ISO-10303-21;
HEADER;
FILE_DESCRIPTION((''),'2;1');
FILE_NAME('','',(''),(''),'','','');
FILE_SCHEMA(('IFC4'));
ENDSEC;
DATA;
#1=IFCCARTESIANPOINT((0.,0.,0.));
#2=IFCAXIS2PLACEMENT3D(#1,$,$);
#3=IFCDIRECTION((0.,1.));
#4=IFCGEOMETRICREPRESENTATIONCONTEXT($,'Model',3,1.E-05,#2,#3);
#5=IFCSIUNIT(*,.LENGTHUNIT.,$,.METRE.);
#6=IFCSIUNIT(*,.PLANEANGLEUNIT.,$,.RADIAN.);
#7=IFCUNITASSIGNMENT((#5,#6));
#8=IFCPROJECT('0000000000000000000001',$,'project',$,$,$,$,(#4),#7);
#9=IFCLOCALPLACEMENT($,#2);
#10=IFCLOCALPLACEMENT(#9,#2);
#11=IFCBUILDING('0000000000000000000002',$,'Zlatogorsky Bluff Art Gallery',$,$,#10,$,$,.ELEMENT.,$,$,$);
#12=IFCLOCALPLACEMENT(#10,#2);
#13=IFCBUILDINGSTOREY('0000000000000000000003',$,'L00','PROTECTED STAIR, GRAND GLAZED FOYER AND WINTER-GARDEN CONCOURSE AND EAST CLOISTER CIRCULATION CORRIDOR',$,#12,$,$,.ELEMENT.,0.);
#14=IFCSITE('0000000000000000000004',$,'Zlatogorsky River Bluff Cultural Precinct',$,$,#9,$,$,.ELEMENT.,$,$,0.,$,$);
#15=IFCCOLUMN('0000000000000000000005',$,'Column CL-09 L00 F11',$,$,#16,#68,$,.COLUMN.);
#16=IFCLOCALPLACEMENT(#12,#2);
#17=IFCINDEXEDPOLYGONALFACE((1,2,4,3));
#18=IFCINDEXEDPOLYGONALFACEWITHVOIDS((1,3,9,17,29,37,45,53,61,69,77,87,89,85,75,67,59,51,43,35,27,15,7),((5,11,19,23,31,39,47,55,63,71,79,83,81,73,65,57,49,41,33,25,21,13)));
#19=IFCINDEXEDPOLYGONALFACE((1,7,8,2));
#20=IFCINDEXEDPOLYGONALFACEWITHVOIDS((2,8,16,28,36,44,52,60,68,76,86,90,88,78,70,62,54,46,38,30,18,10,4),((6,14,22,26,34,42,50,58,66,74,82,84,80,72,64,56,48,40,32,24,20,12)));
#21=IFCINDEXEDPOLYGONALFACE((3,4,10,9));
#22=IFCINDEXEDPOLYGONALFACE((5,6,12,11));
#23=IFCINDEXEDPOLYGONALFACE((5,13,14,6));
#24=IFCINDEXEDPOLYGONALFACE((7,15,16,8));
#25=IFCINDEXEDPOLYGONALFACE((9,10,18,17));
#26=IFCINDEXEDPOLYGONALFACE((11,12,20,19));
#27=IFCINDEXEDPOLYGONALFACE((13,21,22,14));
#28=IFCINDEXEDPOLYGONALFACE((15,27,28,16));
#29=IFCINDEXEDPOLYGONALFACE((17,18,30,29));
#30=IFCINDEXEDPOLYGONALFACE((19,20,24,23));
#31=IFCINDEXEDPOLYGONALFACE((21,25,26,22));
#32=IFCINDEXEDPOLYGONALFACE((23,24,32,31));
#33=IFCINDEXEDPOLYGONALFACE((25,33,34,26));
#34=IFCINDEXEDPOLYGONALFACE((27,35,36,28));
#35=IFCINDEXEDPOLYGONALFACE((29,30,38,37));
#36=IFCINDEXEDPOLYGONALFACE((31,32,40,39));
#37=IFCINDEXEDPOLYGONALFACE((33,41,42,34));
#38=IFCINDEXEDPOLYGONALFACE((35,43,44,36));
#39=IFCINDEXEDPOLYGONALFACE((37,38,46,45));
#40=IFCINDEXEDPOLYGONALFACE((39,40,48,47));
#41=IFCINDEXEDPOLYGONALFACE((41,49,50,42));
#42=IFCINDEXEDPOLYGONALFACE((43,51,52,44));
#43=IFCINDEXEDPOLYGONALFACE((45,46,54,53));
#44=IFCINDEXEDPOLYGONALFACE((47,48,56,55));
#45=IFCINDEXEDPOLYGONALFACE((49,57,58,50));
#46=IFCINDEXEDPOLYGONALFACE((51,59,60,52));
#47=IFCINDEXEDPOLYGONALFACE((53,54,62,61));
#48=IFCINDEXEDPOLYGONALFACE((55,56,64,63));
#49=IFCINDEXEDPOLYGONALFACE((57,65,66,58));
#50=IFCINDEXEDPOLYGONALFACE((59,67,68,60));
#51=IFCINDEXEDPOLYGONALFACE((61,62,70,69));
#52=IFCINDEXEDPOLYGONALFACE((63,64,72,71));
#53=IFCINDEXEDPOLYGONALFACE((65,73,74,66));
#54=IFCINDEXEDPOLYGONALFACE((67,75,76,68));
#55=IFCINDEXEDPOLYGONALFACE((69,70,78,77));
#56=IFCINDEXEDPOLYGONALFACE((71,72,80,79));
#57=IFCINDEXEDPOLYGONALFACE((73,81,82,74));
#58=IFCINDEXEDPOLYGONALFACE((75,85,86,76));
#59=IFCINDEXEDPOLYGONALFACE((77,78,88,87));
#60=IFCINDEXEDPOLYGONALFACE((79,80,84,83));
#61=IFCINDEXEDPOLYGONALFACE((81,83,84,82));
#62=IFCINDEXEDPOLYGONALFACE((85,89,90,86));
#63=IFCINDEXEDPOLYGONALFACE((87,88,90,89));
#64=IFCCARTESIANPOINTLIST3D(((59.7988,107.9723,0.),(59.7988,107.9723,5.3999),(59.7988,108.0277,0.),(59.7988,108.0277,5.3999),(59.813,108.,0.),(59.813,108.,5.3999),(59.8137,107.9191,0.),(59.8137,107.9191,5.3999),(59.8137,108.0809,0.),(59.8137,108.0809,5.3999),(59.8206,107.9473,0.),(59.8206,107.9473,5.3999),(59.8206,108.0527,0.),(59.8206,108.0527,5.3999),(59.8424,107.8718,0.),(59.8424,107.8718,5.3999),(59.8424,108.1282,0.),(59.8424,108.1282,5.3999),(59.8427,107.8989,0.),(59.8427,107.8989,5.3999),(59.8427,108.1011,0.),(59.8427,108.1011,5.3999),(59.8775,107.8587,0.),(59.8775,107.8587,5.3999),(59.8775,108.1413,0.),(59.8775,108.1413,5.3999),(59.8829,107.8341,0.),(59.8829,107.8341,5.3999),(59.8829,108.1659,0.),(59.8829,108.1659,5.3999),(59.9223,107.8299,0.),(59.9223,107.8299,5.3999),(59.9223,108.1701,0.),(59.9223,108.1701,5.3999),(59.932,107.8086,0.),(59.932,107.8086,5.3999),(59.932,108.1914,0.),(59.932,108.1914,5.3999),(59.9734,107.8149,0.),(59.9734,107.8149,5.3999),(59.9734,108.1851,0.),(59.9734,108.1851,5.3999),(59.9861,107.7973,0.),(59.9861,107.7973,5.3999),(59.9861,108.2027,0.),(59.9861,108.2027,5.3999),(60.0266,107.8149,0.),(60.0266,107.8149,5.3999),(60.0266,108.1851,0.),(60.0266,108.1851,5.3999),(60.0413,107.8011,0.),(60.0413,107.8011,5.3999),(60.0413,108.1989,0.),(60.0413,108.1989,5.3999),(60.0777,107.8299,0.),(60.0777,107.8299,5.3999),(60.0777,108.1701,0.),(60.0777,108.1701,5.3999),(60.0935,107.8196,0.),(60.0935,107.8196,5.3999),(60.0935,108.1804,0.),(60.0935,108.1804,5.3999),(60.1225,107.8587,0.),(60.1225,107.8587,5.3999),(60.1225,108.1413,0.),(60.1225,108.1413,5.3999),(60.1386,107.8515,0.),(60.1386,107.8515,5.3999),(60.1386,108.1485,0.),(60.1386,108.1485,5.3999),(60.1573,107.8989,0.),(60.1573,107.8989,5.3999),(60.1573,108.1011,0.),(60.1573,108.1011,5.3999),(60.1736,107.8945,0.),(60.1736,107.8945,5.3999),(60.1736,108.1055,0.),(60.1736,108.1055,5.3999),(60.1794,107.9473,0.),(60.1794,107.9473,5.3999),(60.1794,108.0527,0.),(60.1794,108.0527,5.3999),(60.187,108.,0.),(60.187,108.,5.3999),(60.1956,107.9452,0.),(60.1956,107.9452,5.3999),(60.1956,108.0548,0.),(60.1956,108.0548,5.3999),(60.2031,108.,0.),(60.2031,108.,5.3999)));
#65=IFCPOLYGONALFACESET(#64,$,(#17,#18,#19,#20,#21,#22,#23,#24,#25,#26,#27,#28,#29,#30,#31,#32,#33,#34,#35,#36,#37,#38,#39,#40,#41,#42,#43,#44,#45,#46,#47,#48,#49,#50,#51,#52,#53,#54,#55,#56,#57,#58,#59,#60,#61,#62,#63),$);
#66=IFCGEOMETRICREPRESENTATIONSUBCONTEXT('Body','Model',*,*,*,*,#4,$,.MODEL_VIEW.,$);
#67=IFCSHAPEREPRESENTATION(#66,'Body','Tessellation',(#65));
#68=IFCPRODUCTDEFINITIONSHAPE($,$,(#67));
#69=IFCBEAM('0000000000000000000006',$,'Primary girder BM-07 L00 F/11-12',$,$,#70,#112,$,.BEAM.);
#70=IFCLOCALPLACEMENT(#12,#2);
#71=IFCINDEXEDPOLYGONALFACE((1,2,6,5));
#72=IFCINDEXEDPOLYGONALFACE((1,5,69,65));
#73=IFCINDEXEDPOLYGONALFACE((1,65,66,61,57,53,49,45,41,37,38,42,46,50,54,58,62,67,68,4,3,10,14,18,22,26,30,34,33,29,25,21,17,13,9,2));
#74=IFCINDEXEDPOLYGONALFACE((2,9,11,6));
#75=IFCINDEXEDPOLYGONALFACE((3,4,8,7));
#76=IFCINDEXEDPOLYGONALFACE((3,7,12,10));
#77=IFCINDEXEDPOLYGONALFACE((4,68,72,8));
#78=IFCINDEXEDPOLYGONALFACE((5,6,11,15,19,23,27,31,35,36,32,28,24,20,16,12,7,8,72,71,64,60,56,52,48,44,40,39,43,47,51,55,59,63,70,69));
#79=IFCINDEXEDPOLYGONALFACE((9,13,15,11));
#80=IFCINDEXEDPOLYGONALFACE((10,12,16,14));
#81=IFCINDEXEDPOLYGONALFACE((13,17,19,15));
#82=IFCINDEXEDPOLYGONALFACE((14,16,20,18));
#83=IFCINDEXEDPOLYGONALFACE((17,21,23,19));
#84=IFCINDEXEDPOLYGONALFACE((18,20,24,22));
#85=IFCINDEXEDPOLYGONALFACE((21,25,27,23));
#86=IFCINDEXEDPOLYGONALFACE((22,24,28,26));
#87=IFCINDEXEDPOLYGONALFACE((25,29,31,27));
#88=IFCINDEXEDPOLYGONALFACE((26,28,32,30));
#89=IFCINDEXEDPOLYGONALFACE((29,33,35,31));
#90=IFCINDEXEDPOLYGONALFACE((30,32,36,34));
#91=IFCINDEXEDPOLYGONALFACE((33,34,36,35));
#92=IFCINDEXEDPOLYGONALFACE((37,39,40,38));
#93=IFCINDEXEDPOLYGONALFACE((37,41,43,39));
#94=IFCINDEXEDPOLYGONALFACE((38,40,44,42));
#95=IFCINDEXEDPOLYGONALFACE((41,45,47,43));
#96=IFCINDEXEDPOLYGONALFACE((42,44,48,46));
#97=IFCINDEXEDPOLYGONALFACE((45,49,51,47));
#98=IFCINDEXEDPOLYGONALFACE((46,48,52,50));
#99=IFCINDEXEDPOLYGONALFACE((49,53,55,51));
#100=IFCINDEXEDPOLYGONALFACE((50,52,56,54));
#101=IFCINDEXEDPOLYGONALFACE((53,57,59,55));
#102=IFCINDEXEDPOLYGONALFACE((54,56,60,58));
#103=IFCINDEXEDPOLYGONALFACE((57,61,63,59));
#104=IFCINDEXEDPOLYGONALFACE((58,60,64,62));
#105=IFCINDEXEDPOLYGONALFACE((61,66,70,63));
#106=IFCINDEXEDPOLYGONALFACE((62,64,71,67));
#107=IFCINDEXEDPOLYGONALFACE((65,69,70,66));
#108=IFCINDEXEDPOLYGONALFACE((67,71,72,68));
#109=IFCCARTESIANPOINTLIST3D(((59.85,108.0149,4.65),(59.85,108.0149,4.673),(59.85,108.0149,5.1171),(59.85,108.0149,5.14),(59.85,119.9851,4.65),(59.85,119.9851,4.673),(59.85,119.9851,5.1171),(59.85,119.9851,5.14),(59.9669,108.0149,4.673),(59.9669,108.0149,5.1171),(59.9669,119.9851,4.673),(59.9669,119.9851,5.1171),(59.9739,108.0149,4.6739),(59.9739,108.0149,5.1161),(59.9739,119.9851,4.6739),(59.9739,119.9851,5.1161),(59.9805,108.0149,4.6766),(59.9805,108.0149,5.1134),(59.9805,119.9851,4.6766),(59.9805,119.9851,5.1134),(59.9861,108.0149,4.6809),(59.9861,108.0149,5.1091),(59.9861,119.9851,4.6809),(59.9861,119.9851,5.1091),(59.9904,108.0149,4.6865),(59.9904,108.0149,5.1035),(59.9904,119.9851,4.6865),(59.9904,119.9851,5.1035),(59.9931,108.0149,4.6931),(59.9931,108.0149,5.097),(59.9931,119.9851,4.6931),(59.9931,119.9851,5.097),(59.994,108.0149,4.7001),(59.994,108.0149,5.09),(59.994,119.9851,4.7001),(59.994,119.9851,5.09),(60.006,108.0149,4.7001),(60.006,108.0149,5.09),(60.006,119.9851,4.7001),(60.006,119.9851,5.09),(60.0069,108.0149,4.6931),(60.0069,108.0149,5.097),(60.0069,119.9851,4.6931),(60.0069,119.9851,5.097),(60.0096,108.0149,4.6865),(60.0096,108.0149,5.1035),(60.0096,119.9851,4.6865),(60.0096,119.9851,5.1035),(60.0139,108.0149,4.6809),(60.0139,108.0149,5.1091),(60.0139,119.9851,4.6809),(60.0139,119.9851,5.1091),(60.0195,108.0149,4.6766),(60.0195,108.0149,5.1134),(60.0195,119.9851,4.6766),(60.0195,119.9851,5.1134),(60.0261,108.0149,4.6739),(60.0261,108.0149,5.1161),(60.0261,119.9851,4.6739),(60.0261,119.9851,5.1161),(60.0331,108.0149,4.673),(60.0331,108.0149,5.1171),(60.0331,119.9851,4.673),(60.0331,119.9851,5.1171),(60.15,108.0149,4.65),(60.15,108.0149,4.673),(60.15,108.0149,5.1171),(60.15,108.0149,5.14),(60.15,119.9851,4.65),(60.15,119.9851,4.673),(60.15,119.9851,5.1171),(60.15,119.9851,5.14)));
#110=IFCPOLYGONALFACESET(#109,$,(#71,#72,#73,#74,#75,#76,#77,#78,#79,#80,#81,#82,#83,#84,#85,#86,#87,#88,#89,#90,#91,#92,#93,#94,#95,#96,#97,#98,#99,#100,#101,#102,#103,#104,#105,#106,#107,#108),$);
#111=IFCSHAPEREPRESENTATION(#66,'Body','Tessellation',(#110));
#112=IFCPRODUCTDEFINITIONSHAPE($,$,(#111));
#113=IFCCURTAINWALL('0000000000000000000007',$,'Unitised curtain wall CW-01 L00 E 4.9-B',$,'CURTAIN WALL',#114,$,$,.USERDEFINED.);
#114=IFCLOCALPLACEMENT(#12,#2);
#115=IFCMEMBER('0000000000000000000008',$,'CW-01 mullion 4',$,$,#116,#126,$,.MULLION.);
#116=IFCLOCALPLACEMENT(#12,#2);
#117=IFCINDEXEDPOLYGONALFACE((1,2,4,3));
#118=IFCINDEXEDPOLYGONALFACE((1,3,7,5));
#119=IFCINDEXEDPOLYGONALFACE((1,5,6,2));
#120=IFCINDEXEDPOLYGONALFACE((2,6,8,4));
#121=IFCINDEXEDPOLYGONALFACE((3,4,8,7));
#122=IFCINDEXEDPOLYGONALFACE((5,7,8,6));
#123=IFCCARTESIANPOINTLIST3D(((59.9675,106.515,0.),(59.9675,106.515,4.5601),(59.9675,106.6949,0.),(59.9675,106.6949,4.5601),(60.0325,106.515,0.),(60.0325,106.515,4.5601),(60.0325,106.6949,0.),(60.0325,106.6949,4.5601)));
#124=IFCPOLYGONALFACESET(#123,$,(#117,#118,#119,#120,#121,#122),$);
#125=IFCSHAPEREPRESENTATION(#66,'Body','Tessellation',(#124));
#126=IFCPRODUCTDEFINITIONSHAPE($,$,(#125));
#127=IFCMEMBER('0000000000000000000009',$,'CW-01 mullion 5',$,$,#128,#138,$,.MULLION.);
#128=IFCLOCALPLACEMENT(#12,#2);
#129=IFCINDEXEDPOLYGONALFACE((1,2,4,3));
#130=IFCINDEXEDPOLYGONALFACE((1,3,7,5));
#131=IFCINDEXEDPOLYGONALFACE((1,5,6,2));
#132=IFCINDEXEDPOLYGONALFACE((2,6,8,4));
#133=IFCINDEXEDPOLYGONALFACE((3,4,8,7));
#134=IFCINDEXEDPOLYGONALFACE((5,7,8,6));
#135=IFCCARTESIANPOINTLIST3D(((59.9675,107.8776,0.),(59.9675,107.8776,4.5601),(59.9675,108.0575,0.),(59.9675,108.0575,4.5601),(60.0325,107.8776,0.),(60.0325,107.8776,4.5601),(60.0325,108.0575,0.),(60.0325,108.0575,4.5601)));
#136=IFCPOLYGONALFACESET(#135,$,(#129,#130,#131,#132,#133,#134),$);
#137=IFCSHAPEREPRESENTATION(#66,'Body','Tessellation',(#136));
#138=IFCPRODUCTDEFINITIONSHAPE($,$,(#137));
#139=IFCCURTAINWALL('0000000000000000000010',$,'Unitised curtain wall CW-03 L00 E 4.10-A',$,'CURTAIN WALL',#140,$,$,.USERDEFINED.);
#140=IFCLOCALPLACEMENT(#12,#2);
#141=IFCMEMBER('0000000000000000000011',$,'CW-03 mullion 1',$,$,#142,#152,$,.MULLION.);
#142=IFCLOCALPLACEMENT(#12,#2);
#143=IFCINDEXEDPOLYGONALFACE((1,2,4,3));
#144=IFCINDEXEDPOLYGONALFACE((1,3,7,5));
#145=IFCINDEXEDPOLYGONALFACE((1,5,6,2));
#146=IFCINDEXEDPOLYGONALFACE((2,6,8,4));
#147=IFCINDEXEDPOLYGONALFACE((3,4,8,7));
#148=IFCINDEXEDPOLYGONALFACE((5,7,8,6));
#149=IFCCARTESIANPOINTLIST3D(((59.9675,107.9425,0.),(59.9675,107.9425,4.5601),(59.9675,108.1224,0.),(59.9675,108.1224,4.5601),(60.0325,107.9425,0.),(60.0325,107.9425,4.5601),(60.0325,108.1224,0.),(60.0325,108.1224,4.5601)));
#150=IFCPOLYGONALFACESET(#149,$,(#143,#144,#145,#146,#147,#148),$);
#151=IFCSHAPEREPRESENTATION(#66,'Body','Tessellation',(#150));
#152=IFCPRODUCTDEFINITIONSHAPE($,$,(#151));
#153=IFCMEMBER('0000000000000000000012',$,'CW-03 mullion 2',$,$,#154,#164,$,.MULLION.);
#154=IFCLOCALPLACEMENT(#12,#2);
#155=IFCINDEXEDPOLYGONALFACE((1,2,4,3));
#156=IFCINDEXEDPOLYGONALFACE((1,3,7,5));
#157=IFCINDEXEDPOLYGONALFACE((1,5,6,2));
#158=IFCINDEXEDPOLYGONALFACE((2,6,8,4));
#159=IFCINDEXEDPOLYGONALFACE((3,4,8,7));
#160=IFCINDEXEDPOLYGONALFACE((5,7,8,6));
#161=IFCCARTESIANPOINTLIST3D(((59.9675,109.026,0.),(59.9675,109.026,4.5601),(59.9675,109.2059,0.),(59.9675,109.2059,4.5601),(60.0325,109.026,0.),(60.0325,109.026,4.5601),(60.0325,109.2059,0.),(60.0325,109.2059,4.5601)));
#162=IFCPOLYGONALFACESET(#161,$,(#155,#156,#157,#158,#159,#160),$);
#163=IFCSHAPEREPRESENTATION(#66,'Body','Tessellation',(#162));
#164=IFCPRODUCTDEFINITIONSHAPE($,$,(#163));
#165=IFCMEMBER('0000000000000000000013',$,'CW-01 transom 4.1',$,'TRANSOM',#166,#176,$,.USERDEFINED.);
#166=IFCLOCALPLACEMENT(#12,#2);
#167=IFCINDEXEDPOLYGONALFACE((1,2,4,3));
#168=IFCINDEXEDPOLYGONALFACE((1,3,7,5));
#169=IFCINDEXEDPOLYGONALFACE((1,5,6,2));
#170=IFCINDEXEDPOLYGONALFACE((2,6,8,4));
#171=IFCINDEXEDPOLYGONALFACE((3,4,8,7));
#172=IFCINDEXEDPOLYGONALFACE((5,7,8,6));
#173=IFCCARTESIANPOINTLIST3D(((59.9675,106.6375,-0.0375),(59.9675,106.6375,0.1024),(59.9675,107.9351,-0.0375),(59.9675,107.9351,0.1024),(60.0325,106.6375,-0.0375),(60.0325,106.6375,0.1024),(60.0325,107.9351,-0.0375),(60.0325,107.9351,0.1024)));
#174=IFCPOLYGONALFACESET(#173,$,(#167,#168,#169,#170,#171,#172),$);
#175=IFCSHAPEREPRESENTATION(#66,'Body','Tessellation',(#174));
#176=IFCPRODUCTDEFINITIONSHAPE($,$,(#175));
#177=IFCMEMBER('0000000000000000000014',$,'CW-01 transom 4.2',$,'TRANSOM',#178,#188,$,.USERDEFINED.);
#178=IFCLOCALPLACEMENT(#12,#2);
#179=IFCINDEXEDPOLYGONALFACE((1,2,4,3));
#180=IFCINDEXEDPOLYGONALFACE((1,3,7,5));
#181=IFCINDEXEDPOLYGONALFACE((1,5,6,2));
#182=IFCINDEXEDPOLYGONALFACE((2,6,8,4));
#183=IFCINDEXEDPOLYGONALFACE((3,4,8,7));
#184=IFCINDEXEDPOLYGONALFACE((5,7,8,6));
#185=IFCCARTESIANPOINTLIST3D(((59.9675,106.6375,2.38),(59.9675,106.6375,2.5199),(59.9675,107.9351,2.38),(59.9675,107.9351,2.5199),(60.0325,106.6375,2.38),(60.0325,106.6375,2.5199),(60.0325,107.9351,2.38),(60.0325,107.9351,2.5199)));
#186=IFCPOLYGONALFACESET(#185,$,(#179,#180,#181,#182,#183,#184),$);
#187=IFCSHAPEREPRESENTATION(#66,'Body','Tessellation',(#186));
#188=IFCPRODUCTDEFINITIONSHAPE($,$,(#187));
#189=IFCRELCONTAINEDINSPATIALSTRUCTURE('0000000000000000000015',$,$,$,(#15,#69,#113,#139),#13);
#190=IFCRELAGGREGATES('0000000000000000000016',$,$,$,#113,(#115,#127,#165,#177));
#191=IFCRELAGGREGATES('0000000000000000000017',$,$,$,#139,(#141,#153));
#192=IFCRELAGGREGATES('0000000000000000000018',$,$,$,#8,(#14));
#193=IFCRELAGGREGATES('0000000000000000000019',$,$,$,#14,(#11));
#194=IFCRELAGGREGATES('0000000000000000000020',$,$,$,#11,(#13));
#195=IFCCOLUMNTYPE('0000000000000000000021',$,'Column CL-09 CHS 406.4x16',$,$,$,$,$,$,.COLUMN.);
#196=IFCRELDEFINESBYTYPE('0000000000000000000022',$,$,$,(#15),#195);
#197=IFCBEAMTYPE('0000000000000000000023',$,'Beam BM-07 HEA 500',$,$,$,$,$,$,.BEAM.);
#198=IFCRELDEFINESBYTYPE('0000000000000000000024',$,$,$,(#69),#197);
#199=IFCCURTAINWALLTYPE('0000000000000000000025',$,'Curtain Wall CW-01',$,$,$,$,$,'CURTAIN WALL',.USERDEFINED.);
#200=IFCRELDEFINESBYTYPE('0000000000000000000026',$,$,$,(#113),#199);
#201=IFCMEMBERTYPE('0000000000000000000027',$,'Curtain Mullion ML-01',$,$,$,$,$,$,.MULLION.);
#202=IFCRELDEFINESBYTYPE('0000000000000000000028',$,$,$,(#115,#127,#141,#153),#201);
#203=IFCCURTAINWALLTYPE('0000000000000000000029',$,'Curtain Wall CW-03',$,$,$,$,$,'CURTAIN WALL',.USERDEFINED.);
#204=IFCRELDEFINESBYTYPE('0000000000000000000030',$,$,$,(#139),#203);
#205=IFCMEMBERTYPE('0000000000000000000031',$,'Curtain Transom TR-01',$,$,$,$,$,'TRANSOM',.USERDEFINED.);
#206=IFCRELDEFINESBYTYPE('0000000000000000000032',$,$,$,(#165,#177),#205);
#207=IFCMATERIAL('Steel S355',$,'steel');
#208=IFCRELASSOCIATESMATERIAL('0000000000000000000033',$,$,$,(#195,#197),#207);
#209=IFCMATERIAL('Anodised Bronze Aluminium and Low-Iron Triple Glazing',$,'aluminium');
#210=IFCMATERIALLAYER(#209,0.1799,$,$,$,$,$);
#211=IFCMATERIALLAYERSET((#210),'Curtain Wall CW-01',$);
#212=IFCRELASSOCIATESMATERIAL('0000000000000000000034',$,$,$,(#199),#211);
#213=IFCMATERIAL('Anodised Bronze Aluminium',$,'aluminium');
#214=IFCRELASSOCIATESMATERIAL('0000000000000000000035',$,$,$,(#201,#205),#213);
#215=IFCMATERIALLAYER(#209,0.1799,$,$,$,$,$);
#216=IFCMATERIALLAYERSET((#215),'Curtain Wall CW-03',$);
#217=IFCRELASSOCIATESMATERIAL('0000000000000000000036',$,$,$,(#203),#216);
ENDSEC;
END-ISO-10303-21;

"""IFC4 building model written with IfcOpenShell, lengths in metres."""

from ifc_helpers import new_model, si_unit, direction, frame, origin, origin_2d, place, context, subcontext, project, spatial, rectangle, hollow_circle, i_section, extrude, material, layer, layer_set, material_profile, profile_set, type_object, element, aggregate, save


model = new_model("IFC4")

# Units and contexts
model_context = context("Model", 3, precision=1e-05, world=origin(), true_north=direction((0.0, 1.0)))
body_context = subcontext(model_context, "Body", "Model", "MODEL_VIEW")
ifc_project = project(units=[si_unit("LENGTHUNIT", "METRE"), si_unit("PLANEANGLEUNIT", "RADIAN")], contexts=[model_context])

# Site, building, storey
site_placement = place(None, origin())
site = spatial("IfcSite", under=ifc_project, at=site_placement, Name="Zlatogorsky River Bluff Cultural Precinct", CompositionType="ELEMENT", RefElevation=0.0)
building_placement = place(site_placement, origin())
building = spatial("IfcBuilding", under=site, at=building_placement, Name="Zlatogorsky Bluff Art Gallery", CompositionType="ELEMENT")
storey_placement = place(building_placement, origin())
storey = spatial("IfcBuildingStorey", under=building, at=storey_placement, Name="L00", Description="PROTECTED STAIR, GRAND GLAZED FOYER AND WINTER-GARDEN CONCOURSE AND EAST CLOISTER CIRCULATION CORRIDOR", CompositionType="ELEMENT", Elevation=0.0)

# Column
ifc_material_1 = material(Name="Steel S355", Category="steel")
ifc_material_profile_1 = material_profile(ifc_material_1, hollow_circle(Radius=0.2031, WallThickness=0.0161, at=origin_2d()), Name="CHS 406.4x16")
ifc_profile_set_1 = profile_set([ifc_material_profile_1], Name="Steel S355")
column_type = type_object("IfcColumnType", Name="Column CL-09 CHS 406.4x16", PredefinedType="COLUMN", material=ifc_profile_set_1)
column_placement = place(storey_placement, frame((60.0, 108.0, 0.0), z_axis=(0.0, 0.0, 1.0), x_axis=(1.0, 0.0, 0.0)))
element("IfcColumn", 1, at=column_placement, inside=storey, type_object=column_type, Name="Column CL-09 L00 F11", PredefinedType="COLUMN", context=body_context, shape_type="SweptSolid", body=[
    extrude(hollow_circle(Radius=0.2031, WallThickness=0.0161, at=origin_2d()), origin(), (0.0, 0.0, 1.0), 5.3999),
])

# Beam
ifc_material_profile_2 = material_profile(ifc_material_1, i_section(OverallWidth=0.3, OverallDepth=0.49, WebThickness=0.012, FlangeThickness=0.0229, FilletRadius=0.0271, at=origin_2d()), Name="HEA 500")
ifc_profile_set_2 = profile_set([ifc_material_profile_2], Name="Steel S355")
beam_type = type_object("IfcBeamType", Name="Beam BM-07 HEA 500", PredefinedType="BEAM", material=ifc_profile_set_2)
beam_placement = place(storey_placement, frame((60.0, 108.0149, 4.895), z_axis=(0.0, 1.0, 0.0), x_axis=(-1.0, 0.0, 0.0)))
element("IfcBeam", 2, at=beam_placement, inside=storey, type_object=beam_type, Name="Primary girder BM-07 L00 F/11-12", PredefinedType="BEAM", context=body_context, shape_type="SweptSolid", body=[
    extrude(i_section(OverallWidth=0.3, OverallDepth=0.49, WebThickness=0.012, FlangeThickness=0.0229, FilletRadius=0.0271, at=origin_2d()), origin(), (0.0, 0.0, 1.0), 11.9702),
])

# Curtain walls, members
ifc_material_2 = material(Name="Anodised Bronze Aluminium and Low-Iron Triple Glazing", Category="aluminium")
ifc_layer_1 = layer(ifc_material_2, 0.1799)
ifc_layer_set_1 = layer_set([ifc_layer_1], Name="Curtain Wall CW-01")
curtain_wall_type_1 = type_object("IfcCurtainWallType", Name="Curtain Wall CW-01", ElementType="CURTAIN WALL", PredefinedType="USERDEFINED", material=ifc_layer_set_1)
curtain_wall_1_placement = place(storey_placement, origin())
curtain_wall_1 = element("IfcCurtainWall", 3, at=curtain_wall_1_placement, inside=storey, type_object=curtain_wall_type_1, Name="Unitised curtain wall CW-01 L00 E 4.9-B", ObjectType="CURTAIN WALL", PredefinedType="USERDEFINED")
ifc_material_3 = material(Name="Anodised Bronze Aluminium", Category="aluminium")
ifc_material_profile_3 = material_profile(ifc_material_3, rectangle(XDim=0.0649, YDim=0.1799, at=origin_2d()), Name="ALU MULLION 65x180")
ifc_profile_set_3 = profile_set([ifc_material_profile_3], Name="Anodised Bronze Aluminium")
member_type_1 = type_object("IfcMemberType", Name="Curtain Mullion ML-01", PredefinedType="MULLION", material=ifc_profile_set_3)
member_1_placement = place(storey_placement, frame((60.0, 106.605, 0.0), z_axis=(0.0, 0.0, 1.0), x_axis=(-1.0, 0.0, 0.0)))
member_1 = element("IfcMember", 4, at=member_1_placement, type_object=member_type_1, Name="CW-01 mullion 4", PredefinedType="MULLION", context=body_context, shape_type="SweptSolid", body=[
    extrude(rectangle(XDim=0.0649, YDim=0.1799, at=origin_2d()), origin(), (0.0, 0.0, 1.0), 4.5601),
])
member_2_placement = place(storey_placement, frame((60.0, 107.9675, 0.0), z_axis=(0.0, 0.0, 1.0), x_axis=(-1.0, 0.0, 0.0)))
member_2 = element("IfcMember", 5, at=member_2_placement, type_object=member_type_1, Name="CW-01 mullion 5", PredefinedType="MULLION", context=body_context, shape_type="SweptSolid", body=[
    extrude(rectangle(XDim=0.0649, YDim=0.1799, at=origin_2d()), origin(), (0.0, 0.0, 1.0), 4.5601),
])
ifc_layer_2 = layer(ifc_material_2, 0.1799)
ifc_layer_set_2 = layer_set([ifc_layer_2], Name="Curtain Wall CW-03")
curtain_wall_type_2 = type_object("IfcCurtainWallType", Name="Curtain Wall CW-03", ElementType="CURTAIN WALL", PredefinedType="USERDEFINED", material=ifc_layer_set_2)
curtain_wall_2_placement = place(storey_placement, origin())
curtain_wall_2 = element("IfcCurtainWall", 6, at=curtain_wall_2_placement, inside=storey, type_object=curtain_wall_type_2, Name="Unitised curtain wall CW-03 L00 E 4.10-A", ObjectType="CURTAIN WALL", PredefinedType="USERDEFINED")
member_3_placement = place(storey_placement, frame((60.0, 108.0325, 0.0), z_axis=(0.0, 0.0, 1.0), x_axis=(-1.0, 0.0, 0.0)))
member_3 = element("IfcMember", 7, at=member_3_placement, type_object=member_type_1, Name="CW-03 mullion 1", PredefinedType="MULLION", context=body_context, shape_type="SweptSolid", body=[
    extrude(rectangle(XDim=0.0649, YDim=0.1799, at=origin_2d()), origin(), (0.0, 0.0, 1.0), 4.5601),
])
member_4_placement = place(storey_placement, frame((60.0, 109.116, 0.0), z_axis=(0.0, 0.0, 1.0), x_axis=(-1.0, 0.0, 0.0)))
member_4 = element("IfcMember", 8, at=member_4_placement, type_object=member_type_1, Name="CW-03 mullion 2", PredefinedType="MULLION", context=body_context, shape_type="SweptSolid", body=[
    extrude(rectangle(XDim=0.0649, YDim=0.1799, at=origin_2d()), origin(), (0.0, 0.0, 1.0), 4.5601),
])

# Members
ifc_material_profile_4 = material_profile(ifc_material_3, rectangle(XDim=0.0649, YDim=0.1399, at=origin_2d()), Name="ALU TRANSOM 65x140")
ifc_profile_set_4 = profile_set([ifc_material_profile_4], Name="Anodised Bronze Aluminium")
member_type_2 = type_object("IfcMemberType", Name="Curtain Transom TR-01", ElementType="TRANSOM", PredefinedType="USERDEFINED", material=ifc_profile_set_4)
member_5_placement = place(storey_placement, frame((60.0, 106.6375, 0.0325), z_axis=(0.0, 1.0, 0.0), x_axis=(-1.0, 0.0, 0.0)))
member_5 = element("IfcMember", 9, at=member_5_placement, type_object=member_type_2, Name="CW-01 transom 4.1", ObjectType="TRANSOM", PredefinedType="USERDEFINED", context=body_context, shape_type="SweptSolid", body=[
    extrude(rectangle(XDim=0.0649, YDim=0.1399, at=origin_2d()), origin(), (0.0, 0.0, 1.0), 1.2976),
])
member_6_placement = place(storey_placement, frame((60.0, 106.6375, 2.45), z_axis=(0.0, 1.0, 0.0), x_axis=(-1.0, 0.0, 0.0)))
member_6 = element("IfcMember", 10, at=member_6_placement, type_object=member_type_2, Name="CW-01 transom 4.2", ObjectType="TRANSOM", PredefinedType="USERDEFINED", context=body_context, shape_type="SweptSolid", body=[
    extrude(rectangle(XDim=0.0649, YDim=0.1399, at=origin_2d()), origin(), (0.0, 0.0, 1.0), 1.2976),
])

aggregate(curtain_wall_1, [member_1, member_2, member_5, member_6])
aggregate(curtain_wall_2, [member_3, member_4])

save(model, "model.ifc")
